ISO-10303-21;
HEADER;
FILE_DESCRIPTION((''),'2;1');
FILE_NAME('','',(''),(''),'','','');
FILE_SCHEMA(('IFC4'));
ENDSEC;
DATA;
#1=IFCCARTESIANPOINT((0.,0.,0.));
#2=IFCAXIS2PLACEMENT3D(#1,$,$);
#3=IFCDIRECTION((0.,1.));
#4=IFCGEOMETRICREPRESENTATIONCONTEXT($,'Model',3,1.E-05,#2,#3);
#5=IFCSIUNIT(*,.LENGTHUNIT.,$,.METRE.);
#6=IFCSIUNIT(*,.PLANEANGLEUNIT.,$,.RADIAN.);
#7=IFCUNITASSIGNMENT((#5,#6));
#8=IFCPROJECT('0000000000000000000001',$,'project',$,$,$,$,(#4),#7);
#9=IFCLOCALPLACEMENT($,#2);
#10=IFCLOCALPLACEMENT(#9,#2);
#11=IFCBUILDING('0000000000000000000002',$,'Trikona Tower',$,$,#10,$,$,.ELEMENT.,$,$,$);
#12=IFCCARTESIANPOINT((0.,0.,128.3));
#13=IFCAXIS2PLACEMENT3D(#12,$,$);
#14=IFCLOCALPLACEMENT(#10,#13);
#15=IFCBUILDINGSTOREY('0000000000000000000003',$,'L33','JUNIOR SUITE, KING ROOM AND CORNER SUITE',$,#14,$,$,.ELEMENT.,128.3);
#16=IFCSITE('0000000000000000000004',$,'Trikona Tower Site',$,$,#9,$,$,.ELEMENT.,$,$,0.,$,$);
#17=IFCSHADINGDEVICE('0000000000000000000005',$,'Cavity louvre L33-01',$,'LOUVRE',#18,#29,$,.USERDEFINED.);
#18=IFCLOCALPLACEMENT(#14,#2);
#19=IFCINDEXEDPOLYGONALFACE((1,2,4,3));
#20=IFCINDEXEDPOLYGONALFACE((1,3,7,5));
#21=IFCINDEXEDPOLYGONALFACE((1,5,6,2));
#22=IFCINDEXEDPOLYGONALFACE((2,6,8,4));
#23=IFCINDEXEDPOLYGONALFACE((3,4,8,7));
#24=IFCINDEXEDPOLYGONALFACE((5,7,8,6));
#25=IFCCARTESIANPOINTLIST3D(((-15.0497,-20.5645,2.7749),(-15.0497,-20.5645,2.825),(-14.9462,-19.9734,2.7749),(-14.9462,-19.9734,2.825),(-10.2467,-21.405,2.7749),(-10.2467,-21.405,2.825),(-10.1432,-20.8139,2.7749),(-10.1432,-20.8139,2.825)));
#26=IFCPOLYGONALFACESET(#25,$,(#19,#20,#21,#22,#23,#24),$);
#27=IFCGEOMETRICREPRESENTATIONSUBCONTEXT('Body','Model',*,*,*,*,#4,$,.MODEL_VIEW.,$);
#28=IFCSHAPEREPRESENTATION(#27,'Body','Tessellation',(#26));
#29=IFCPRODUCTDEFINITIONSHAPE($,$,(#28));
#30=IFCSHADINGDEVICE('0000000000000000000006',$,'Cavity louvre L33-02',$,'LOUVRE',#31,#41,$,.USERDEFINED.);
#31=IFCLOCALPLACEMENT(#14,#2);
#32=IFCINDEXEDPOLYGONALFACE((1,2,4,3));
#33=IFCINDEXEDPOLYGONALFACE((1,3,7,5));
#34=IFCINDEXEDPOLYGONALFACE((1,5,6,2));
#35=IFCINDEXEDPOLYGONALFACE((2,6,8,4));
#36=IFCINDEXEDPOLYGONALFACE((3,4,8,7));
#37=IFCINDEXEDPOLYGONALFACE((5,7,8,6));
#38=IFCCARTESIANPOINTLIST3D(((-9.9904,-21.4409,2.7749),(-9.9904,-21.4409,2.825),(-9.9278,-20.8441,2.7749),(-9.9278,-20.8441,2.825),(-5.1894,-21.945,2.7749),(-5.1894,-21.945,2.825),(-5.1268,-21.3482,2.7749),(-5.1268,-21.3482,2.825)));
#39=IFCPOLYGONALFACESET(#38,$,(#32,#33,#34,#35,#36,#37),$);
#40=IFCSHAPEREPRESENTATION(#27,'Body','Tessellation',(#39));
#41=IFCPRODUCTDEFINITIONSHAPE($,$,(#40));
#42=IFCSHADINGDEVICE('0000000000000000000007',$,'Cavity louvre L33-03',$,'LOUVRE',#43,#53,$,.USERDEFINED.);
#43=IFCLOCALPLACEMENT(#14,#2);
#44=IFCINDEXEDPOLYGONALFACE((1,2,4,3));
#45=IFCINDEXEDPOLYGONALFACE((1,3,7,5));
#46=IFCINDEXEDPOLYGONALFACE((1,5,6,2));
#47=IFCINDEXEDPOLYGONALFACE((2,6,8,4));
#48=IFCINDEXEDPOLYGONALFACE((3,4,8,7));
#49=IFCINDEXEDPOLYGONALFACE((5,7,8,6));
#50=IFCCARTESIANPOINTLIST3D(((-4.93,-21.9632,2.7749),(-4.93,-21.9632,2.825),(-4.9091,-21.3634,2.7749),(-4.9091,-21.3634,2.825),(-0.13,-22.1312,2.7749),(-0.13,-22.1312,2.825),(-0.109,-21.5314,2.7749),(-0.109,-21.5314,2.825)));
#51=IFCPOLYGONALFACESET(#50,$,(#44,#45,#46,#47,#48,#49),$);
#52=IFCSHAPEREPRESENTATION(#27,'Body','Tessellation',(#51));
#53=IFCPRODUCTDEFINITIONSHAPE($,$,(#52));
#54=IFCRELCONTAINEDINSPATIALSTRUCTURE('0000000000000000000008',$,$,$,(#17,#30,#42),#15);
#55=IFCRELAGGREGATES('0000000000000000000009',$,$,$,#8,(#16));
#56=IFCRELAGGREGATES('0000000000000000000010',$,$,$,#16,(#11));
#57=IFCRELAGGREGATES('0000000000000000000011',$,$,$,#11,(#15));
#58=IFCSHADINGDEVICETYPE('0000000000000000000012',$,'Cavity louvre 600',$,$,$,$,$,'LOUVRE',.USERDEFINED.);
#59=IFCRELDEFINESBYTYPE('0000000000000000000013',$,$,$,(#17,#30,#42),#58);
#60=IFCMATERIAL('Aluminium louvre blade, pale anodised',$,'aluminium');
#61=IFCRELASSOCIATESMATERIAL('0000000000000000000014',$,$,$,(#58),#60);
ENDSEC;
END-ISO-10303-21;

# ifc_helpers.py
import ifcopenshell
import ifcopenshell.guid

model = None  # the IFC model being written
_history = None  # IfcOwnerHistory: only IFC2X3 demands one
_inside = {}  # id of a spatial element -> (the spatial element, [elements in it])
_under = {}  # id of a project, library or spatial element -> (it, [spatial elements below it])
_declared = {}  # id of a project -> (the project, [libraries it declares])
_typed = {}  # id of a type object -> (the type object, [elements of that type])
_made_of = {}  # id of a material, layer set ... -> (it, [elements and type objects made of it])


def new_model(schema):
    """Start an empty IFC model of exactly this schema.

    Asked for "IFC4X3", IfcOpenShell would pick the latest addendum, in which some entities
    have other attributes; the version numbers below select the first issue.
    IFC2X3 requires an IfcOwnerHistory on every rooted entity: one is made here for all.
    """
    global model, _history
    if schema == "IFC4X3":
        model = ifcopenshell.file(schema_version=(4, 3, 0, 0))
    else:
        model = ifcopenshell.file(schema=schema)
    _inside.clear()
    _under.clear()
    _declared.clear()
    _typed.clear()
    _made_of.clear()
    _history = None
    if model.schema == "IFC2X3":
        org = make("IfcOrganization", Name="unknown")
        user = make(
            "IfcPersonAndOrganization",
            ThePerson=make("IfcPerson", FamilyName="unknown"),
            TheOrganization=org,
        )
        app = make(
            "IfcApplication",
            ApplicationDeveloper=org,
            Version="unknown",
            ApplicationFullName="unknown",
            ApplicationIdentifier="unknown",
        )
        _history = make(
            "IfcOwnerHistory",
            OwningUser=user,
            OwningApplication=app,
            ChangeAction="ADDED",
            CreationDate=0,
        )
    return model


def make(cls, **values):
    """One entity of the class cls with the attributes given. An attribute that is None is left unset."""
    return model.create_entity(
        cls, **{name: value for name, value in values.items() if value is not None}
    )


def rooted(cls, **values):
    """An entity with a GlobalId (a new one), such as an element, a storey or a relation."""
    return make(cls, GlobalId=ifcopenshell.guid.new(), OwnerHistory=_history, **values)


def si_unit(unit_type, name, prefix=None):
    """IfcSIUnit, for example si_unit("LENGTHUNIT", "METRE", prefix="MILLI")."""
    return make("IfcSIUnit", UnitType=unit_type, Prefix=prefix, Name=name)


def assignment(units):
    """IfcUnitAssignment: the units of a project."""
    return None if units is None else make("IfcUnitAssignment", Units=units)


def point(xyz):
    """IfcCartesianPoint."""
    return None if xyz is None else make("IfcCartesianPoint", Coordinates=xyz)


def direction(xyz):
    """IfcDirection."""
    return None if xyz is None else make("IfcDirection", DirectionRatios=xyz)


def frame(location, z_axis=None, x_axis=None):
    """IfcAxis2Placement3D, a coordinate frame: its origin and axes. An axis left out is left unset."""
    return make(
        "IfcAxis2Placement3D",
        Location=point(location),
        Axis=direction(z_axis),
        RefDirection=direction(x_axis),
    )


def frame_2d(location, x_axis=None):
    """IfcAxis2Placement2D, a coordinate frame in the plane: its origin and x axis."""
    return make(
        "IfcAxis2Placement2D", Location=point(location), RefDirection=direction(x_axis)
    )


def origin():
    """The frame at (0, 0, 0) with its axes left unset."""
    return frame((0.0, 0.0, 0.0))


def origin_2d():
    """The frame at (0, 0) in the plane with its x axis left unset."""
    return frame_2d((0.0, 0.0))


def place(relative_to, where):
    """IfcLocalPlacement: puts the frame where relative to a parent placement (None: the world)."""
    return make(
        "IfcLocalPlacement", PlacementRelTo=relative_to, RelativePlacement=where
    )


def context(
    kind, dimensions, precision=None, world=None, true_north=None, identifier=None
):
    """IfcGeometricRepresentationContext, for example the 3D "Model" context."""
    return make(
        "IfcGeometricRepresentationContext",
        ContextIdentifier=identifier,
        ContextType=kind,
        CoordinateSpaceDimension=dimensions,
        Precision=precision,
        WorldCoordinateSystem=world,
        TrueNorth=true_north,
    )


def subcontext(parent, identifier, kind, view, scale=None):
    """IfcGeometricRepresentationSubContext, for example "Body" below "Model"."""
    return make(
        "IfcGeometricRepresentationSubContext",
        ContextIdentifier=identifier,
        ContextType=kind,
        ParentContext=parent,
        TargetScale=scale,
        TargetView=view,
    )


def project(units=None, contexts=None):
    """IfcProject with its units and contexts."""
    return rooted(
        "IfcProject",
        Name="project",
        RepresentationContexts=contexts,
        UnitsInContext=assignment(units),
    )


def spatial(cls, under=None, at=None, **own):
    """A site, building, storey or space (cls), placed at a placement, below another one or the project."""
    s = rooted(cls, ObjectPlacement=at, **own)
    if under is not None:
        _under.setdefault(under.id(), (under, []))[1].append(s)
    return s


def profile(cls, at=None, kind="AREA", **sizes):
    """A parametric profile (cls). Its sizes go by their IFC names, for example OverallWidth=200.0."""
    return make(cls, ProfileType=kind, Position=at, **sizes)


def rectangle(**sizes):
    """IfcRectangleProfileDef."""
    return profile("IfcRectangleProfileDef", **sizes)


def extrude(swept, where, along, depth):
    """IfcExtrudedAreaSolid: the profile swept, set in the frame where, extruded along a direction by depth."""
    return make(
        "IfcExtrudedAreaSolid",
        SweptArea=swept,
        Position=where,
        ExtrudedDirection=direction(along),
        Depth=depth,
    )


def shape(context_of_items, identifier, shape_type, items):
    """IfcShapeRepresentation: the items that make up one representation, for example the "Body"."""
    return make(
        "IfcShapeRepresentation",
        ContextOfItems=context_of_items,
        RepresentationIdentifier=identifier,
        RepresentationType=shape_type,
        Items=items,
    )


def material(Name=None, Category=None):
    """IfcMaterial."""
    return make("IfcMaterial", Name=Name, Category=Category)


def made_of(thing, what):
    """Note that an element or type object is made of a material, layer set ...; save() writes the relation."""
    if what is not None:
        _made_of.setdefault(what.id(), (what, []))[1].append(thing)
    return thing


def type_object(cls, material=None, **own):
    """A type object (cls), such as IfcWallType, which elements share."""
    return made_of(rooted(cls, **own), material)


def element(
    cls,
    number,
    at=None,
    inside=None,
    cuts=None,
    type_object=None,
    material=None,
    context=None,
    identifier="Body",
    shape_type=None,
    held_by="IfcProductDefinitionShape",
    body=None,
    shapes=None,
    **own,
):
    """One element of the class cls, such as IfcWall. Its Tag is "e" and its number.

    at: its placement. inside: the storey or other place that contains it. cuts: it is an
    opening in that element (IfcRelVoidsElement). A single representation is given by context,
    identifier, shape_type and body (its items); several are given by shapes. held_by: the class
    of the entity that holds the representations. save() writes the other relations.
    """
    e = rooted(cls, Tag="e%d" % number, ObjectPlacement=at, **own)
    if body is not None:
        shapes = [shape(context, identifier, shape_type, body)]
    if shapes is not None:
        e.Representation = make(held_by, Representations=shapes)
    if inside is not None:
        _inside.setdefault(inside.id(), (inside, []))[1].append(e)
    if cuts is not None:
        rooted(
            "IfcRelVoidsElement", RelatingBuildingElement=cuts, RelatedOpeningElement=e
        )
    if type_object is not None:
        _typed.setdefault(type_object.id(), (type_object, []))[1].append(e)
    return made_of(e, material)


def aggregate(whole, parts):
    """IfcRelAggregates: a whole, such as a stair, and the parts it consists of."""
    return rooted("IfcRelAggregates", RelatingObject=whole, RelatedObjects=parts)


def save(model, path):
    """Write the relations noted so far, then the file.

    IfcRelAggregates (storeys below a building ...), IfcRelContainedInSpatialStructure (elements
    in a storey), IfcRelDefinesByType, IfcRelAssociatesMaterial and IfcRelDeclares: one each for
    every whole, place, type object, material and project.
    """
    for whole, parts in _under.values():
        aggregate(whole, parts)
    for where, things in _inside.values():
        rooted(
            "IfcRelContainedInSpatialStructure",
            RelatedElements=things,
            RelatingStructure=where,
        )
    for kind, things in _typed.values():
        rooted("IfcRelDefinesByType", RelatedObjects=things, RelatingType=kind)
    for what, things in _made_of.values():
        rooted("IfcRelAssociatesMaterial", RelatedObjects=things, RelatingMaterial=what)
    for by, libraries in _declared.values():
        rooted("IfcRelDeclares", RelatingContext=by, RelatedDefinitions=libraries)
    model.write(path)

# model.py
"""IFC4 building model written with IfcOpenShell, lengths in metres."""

from ifc_helpers import new_model, si_unit, direction, frame, origin, origin_2d, place, context, subcontext, project, spatial, rectangle, extrude, material, type_object, element, save


model = new_model("IFC4")

# Units and contexts
model_context = context("Model", 3, precision=1e-05, world=origin(), true_north=direction((0.0, 1.0)))
body_context = subcontext(model_context, "Body", "Model", "MODEL_VIEW")
ifc_project = project(units=[si_unit("LENGTHUNIT", "METRE"), si_unit("PLANEANGLEUNIT", "RADIAN")], contexts=[model_context])

# Site, building, storey
site_placement = place(None, origin())
site = spatial("IfcSite", under=ifc_project, at=site_placement, Name="Trikona Tower Site", CompositionType="ELEMENT", RefElevation=0.0)
building_placement = place(site_placement, origin())
building = spatial("IfcBuilding", under=site, at=building_placement, Name="Trikona Tower", CompositionType="ELEMENT")
storey_placement = place(building_placement, frame((0.0, 0.0, 128.3)))
storey = spatial("IfcBuildingStorey", under=building, at=storey_placement, Name="L33", Description="JUNIOR SUITE, KING ROOM AND CORNER SUITE", CompositionType="ELEMENT", Elevation=128.3)

# Shading devices
ifc_material_1 = material(Name="Aluminium louvre blade, pale anodised", Category="aluminium")
shading_device_type = type_object("IfcShadingDeviceType", Name="Cavity louvre 600", ElementType="LOUVRE", PredefinedType="USERDEFINED", material=ifc_material_1)
shading_device_1_placement = place(storey_placement, frame((-12.5964, -20.6892, 2.7749), z_axis=(0.0, 0.0, 1.0), x_axis=(0.985031, -0.17238, 0.0)))
element("IfcShadingDevice", 1, at=shading_device_1_placement, inside=storey, type_object=shading_device_type, Name="Cavity louvre L33-01", ObjectType="LOUVRE", PredefinedType="USERDEFINED", context=body_context, shape_type="SweptSolid", body=[
    extrude(rectangle(XDim=4.876, YDim=0.6001, at=origin_2d()), origin(), (0.0, 0.0, 1.0), 0.05),
])
shading_device_2_placement = place(storey_placement, frame((-7.5586, -21.3945, 2.7749), z_axis=(0.0, 0.0, 1.0), x_axis=(0.994533, -0.104426, 0.0)))
element("IfcShadingDevice", 2, at=shading_device_2_placement, inside=storey, type_object=shading_device_type, Name="Cavity louvre L33-02", ObjectType="LOUVRE", PredefinedType="USERDEFINED", context=body_context, shape_type="SweptSolid", body=[
    extrude(rectangle(XDim=4.8274, YDim=0.6001, at=origin_2d()), origin(), (0.0, 0.0, 1.0), 0.05),
])
shading_device_3_placement = place(storey_placement, frame((-2.5195, -21.7473, 2.7749), z_axis=(0.0, 0.0, 1.0), x_axis=(0.999388, -0.034978, 0.0)))
element("IfcShadingDevice", 3, at=shading_device_3_placement, inside=storey, type_object=shading_device_type, Name="Cavity louvre L33-03", ObjectType="LOUVRE", PredefinedType="USERDEFINED", context=body_context, shape_type="SweptSolid", body=[
    extrude(rectangle(XDim=4.803, YDim=0.6001, at=origin_2d()), origin(), (0.0, 0.0, 1.0), 0.05),
])

save(model, "model.ifc")
